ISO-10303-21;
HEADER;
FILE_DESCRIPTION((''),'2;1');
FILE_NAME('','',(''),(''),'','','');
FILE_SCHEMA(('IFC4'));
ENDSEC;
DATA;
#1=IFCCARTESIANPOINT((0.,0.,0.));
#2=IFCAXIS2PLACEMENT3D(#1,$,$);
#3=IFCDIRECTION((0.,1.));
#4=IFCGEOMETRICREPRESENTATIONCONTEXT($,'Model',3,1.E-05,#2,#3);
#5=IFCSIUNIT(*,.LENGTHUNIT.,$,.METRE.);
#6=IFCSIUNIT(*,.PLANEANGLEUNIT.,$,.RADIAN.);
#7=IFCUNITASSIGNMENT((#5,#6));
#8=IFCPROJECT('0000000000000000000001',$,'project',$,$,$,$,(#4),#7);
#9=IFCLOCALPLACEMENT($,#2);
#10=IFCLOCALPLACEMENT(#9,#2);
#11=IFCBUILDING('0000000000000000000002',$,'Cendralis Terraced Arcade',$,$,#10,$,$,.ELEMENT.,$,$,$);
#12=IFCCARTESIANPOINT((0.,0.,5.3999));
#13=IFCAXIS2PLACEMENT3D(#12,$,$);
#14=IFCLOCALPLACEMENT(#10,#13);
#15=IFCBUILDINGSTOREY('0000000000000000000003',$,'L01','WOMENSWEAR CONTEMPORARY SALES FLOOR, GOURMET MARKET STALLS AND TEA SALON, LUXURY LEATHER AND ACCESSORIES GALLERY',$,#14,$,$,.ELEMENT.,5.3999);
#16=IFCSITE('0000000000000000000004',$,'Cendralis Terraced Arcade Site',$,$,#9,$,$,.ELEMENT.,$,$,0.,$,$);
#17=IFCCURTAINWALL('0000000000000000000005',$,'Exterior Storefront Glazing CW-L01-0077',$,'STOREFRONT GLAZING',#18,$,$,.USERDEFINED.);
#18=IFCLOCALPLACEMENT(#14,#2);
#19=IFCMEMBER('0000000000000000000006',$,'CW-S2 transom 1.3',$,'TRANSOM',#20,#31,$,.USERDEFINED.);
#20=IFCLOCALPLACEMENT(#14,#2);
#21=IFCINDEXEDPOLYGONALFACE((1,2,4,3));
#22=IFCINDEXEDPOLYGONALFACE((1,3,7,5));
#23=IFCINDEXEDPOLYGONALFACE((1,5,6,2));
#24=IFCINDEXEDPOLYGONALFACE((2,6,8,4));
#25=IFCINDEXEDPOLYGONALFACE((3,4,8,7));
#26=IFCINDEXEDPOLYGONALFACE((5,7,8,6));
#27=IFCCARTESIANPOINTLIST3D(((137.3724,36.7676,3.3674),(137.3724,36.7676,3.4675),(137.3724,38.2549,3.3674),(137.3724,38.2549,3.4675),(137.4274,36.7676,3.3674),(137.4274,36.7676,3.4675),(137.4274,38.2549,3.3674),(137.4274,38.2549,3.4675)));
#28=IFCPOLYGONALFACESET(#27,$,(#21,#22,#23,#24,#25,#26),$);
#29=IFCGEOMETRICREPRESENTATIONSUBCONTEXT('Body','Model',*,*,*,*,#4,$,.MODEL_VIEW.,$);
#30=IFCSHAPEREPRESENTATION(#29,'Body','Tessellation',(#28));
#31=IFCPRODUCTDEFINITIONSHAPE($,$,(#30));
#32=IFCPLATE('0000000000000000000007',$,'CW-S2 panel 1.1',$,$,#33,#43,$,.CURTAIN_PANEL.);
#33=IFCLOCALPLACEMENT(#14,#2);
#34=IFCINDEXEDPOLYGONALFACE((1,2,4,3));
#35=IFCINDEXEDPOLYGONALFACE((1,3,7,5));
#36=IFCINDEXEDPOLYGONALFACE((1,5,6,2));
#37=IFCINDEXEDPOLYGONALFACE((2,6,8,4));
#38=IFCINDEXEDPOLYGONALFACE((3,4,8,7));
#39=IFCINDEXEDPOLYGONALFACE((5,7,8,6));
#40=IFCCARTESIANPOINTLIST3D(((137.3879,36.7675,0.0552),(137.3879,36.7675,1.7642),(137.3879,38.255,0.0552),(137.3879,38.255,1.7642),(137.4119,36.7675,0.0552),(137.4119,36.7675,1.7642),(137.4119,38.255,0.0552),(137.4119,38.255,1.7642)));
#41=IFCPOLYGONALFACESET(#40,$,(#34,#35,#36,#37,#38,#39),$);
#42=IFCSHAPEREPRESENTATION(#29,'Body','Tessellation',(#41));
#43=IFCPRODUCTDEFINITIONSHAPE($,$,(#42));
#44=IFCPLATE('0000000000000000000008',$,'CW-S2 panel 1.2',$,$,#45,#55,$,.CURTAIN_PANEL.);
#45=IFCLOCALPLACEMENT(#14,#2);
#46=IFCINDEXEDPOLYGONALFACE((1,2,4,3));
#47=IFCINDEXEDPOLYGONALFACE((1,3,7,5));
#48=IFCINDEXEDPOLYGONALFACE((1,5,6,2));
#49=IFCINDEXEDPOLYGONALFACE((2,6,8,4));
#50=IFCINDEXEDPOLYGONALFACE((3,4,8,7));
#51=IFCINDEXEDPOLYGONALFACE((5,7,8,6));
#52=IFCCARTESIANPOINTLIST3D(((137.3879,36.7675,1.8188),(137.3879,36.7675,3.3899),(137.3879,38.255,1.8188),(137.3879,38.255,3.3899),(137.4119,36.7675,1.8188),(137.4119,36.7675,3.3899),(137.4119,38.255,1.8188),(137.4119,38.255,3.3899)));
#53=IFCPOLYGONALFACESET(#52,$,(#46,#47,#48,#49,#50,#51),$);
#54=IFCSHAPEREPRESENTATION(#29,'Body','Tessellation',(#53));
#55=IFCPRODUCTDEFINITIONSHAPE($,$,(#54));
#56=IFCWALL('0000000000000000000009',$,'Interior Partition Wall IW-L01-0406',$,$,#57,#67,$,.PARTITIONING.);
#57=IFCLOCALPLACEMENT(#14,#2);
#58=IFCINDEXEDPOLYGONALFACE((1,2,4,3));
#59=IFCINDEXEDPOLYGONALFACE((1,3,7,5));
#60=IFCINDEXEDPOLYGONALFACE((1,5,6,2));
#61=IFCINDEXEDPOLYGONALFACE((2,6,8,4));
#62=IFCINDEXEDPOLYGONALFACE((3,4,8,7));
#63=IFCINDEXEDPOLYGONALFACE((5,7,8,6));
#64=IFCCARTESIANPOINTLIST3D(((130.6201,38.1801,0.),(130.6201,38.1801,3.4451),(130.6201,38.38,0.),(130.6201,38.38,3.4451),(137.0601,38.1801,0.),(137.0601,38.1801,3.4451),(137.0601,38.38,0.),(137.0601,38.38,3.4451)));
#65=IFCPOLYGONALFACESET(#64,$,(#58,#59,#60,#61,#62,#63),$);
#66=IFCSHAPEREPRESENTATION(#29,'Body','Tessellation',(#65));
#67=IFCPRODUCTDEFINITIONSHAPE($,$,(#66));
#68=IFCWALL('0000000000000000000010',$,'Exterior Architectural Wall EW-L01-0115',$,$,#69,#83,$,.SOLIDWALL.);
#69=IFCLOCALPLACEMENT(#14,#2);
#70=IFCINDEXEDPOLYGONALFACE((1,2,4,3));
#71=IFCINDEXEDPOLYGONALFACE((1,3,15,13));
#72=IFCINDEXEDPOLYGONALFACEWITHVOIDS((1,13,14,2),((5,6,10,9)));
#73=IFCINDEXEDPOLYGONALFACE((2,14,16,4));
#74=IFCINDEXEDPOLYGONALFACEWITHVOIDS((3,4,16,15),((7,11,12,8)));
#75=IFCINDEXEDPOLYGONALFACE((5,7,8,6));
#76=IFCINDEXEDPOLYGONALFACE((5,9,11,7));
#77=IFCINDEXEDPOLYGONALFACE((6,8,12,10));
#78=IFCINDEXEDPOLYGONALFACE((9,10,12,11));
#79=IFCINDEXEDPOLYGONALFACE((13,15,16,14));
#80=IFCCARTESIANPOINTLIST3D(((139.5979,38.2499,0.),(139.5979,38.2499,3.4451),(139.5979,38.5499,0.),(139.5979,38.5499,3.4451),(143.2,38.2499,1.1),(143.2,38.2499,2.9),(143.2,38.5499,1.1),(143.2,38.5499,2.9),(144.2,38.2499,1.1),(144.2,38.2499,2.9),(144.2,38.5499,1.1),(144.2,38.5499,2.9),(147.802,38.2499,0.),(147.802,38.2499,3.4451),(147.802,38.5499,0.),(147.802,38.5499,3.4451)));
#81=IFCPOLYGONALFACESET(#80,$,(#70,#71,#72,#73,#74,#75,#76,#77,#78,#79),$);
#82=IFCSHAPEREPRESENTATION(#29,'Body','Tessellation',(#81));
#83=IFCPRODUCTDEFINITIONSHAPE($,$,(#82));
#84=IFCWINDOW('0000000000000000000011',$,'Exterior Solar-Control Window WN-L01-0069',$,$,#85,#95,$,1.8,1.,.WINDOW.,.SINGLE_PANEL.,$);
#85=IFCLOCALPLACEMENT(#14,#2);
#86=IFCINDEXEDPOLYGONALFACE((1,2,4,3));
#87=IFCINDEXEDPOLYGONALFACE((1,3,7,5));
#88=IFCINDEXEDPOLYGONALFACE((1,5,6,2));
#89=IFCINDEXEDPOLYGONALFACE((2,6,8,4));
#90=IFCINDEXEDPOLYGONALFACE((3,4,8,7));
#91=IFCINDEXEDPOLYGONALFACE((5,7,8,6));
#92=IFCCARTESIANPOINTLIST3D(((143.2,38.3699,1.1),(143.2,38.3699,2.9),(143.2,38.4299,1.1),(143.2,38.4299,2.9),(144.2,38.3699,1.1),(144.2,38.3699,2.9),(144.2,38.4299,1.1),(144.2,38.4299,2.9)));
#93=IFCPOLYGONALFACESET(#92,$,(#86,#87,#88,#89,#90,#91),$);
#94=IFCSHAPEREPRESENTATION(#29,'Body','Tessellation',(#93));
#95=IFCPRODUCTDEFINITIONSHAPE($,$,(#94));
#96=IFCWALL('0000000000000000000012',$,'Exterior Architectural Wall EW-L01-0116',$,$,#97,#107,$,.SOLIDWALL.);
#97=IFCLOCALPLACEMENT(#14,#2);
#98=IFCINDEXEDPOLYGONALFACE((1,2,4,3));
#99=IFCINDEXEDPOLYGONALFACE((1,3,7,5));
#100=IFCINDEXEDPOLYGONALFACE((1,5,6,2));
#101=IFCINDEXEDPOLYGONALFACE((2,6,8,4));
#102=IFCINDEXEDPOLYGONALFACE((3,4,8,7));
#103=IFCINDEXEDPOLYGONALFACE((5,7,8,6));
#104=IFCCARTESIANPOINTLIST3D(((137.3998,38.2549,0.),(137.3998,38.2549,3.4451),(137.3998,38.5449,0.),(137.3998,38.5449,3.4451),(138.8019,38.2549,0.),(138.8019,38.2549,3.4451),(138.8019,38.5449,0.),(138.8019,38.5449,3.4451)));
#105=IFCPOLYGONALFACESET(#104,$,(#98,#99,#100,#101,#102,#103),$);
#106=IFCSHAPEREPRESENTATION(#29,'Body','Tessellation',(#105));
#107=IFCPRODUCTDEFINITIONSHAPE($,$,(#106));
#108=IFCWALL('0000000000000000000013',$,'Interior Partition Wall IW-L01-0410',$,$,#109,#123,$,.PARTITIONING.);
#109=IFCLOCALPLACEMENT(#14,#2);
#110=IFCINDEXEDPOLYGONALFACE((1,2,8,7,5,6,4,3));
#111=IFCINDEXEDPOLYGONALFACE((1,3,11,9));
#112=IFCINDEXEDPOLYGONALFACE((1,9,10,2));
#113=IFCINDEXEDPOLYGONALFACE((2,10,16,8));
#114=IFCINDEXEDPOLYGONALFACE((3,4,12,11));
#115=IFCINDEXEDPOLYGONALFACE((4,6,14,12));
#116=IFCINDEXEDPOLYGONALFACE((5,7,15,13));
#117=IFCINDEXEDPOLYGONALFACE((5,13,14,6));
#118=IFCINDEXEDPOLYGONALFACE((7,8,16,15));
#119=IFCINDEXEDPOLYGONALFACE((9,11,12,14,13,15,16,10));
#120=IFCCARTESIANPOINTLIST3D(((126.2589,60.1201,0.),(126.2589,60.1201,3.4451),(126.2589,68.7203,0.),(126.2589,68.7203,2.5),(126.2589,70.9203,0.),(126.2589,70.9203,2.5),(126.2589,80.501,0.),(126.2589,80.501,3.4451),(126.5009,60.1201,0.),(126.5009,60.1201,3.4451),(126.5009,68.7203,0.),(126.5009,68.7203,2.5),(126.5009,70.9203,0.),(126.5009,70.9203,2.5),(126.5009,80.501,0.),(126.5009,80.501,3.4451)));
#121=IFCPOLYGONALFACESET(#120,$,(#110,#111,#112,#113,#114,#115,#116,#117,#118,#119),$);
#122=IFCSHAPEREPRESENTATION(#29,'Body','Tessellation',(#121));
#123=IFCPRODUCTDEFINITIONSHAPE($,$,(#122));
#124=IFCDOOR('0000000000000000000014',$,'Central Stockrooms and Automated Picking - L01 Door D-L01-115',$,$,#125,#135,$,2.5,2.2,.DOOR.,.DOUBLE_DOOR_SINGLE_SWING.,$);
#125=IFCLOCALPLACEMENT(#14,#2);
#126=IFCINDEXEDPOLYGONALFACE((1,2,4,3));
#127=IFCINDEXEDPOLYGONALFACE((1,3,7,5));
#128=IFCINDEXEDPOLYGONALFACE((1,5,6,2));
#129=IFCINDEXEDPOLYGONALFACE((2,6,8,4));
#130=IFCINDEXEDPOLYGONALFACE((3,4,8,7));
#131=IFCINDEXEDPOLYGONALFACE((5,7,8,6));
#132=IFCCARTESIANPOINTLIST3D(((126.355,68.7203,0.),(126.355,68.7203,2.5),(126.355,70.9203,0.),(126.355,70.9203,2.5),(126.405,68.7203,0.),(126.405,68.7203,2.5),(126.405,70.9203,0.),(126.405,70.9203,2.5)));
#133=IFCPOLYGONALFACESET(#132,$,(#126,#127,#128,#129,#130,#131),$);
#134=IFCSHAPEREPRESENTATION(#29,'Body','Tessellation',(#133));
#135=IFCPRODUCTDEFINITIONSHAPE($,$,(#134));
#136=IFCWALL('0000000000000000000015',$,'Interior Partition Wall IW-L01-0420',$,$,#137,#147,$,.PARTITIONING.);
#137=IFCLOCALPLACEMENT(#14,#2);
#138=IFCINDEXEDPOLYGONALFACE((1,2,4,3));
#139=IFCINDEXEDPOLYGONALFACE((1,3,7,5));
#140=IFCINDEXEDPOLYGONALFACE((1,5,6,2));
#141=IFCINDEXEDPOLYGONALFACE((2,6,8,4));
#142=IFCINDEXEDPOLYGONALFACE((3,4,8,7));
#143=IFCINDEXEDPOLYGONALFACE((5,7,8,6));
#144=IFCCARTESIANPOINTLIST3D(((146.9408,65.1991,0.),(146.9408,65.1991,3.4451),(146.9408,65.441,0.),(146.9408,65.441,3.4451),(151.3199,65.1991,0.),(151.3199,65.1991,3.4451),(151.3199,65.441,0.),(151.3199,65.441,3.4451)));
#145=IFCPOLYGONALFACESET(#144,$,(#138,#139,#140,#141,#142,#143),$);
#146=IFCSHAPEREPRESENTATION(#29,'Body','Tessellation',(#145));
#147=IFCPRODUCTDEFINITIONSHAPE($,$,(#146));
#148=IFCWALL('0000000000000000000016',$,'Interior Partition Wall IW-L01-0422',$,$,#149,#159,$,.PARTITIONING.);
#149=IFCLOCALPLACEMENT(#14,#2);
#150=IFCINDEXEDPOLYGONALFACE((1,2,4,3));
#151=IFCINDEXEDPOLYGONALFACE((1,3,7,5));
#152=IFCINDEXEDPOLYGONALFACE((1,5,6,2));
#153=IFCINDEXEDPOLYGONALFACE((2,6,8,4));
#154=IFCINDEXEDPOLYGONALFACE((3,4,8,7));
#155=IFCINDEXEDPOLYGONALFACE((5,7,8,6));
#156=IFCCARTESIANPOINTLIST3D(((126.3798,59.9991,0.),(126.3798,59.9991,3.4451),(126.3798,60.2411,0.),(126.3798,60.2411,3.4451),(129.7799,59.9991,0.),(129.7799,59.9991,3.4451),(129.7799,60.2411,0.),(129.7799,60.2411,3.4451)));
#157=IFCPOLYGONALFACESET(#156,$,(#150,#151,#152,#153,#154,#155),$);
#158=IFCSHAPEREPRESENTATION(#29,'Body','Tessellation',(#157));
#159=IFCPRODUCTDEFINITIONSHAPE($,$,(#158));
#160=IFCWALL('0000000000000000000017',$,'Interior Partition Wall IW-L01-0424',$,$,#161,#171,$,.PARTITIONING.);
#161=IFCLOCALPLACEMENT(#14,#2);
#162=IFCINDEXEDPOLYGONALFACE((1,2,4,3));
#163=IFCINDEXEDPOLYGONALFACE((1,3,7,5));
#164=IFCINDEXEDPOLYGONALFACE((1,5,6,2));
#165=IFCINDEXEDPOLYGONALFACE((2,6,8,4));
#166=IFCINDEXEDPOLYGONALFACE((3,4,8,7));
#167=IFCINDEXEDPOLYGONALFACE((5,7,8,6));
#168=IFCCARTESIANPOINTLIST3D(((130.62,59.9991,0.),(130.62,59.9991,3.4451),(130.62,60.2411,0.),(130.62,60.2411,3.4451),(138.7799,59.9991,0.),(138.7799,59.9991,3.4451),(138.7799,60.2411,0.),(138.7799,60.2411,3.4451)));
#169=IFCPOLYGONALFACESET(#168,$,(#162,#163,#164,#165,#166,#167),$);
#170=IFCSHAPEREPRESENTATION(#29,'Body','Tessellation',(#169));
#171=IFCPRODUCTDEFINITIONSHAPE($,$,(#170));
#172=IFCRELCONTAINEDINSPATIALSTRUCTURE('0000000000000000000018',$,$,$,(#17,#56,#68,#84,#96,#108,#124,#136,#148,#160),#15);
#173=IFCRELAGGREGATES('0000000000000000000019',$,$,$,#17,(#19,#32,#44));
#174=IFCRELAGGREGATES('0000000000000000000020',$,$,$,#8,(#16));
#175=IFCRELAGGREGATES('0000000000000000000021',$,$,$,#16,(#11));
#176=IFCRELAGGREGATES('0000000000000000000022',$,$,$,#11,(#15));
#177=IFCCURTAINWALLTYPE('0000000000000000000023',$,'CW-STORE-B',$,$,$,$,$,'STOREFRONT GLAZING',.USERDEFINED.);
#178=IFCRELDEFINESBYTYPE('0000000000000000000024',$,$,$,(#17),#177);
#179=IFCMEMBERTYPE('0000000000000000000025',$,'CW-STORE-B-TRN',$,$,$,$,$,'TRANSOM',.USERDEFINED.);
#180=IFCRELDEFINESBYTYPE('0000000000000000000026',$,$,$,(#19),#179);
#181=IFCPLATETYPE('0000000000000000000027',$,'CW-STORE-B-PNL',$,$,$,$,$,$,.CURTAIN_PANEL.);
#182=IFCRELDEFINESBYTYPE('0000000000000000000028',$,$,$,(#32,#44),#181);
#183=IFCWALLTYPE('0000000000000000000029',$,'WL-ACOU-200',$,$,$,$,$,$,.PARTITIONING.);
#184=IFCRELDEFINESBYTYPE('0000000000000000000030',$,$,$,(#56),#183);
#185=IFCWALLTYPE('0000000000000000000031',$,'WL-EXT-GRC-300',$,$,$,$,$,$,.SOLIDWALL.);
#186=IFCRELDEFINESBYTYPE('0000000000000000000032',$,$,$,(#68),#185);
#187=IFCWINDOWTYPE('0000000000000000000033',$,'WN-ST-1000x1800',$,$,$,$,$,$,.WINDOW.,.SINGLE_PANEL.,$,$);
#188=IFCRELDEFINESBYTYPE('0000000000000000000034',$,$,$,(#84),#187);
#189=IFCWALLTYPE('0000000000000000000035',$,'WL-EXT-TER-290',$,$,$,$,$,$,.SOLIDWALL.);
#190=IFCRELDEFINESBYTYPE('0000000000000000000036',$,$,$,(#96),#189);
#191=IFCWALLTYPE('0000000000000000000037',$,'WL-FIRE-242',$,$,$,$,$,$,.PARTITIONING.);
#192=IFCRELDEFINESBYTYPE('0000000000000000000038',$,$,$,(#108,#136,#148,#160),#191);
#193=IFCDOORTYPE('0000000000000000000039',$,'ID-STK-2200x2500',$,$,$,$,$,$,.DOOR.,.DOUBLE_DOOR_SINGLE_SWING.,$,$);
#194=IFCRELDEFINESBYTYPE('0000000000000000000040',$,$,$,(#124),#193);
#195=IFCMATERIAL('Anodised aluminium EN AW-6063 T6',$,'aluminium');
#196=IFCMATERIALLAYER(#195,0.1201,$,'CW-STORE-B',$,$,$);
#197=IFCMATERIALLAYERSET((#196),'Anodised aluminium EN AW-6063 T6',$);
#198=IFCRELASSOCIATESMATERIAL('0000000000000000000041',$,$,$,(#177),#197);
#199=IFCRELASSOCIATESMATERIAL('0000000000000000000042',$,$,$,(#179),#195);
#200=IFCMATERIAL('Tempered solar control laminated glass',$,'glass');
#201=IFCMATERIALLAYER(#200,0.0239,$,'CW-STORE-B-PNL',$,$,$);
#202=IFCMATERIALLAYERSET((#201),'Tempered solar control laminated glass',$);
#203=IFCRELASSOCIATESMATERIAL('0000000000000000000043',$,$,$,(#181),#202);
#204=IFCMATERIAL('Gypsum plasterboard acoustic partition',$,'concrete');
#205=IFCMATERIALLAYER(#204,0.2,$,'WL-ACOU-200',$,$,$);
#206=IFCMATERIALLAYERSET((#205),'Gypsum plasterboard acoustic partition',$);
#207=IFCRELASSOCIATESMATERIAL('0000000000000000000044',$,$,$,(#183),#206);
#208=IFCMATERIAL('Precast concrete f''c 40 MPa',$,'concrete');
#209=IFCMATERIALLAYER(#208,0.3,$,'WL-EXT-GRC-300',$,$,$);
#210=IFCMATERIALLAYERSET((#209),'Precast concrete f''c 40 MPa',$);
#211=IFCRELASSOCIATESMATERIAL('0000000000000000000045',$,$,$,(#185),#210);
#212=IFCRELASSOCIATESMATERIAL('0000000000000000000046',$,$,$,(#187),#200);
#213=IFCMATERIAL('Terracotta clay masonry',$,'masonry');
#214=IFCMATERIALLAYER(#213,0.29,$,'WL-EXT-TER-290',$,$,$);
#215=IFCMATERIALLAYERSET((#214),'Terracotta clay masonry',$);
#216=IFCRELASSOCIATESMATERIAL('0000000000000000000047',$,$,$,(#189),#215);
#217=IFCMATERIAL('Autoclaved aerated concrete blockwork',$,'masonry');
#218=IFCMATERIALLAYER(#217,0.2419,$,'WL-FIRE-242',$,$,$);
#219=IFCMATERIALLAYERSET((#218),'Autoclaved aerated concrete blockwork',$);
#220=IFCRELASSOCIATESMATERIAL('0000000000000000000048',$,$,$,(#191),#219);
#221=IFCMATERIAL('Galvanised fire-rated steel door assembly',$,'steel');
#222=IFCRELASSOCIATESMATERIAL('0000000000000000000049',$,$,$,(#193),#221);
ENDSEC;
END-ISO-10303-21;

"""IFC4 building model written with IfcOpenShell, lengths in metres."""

from ifc_helpers import new_model, si_unit, direction, frame, frame_2d, origin, origin_2d, place, context, subcontext, project, spatial, rectangle, extrude, material, layer, layer_set, material_profile, profile_set, type_object, element, fill, aggregate, save


model = new_model("IFC4")

# Units and contexts
model_context = context("Model", 3, precision=1e-05, world=origin(), true_north=direction((0.0, 1.0)))
body_context = subcontext(model_context, "Body", "Model", "MODEL_VIEW")
ifc_project = project(units=[si_unit("LENGTHUNIT", "METRE"), si_unit("PLANEANGLEUNIT", "RADIAN")], contexts=[model_context])

# Site, building, storey
site_placement = place(None, origin())
site = spatial("IfcSite", under=ifc_project, at=site_placement, Name="Cendralis Terraced Arcade Site", CompositionType="ELEMENT", RefElevation=0.0)
building_placement = place(site_placement, origin())
building = spatial("IfcBuilding", under=site, at=building_placement, Name="Cendralis Terraced Arcade", CompositionType="ELEMENT")
storey_placement = place(building_placement, frame((0.0, 0.0, 5.3999)))
storey = spatial("IfcBuildingStorey", under=building, at=storey_placement, Name="L01", Description="WOMENSWEAR CONTEMPORARY SALES FLOOR, GOURMET MARKET STALLS AND TEA SALON, LUXURY LEATHER AND ACCESSORIES GALLERY", CompositionType="ELEMENT", Elevation=5.3999)

# Curtain wall, member, plates
ifc_material_1 = material(Name="Anodised aluminium EN AW-6063 T6", Category="aluminium")
ifc_layer_1 = layer(ifc_material_1, 0.1201, Name="CW-STORE-B")
ifc_layer_set_1 = layer_set([ifc_layer_1], Name="Anodised aluminium EN AW-6063 T6")
curtain_wall_type = type_object("IfcCurtainWallType", Name="CW-STORE-B", ElementType="STOREFRONT GLAZING", PredefinedType="USERDEFINED", material=ifc_layer_set_1)
curtain_wall_placement = place(storey_placement, origin())
curtain_wall = element("IfcCurtainWall", 1, at=curtain_wall_placement, inside=storey, type_object=curtain_wall_type, Name="Exterior Storefront Glazing CW-L01-0077", ObjectType="STOREFRONT GLAZING", PredefinedType="USERDEFINED")
ifc_material_profile_1 = material_profile(ifc_material_1, rectangle(XDim=0.0549, YDim=0.1001, at=origin_2d()), Name="ALU-TRN-55x100")
ifc_profile_set_1 = profile_set([ifc_material_profile_1], Name="Anodised aluminium EN AW-6063 T6")
member_type_1 = type_object("IfcMemberType", Name="CW-STORE-B-TRN", ElementType="TRANSOM", PredefinedType="USERDEFINED", material=ifc_profile_set_1)
member_1_placement = place(storey_placement, frame((137.3999, 38.2549, 3.4175), z_axis=(0.0, -1.0, 0.0), x_axis=(1.0, 0.0, 0.0)))
member_1 = element("IfcMember", 2, at=member_1_placement, type_object=member_type_1, Name="CW-S2 transom 1.3", ObjectType="TRANSOM", PredefinedType="USERDEFINED", context=body_context, shape_type="SweptSolid", body=[
    extrude(rectangle(XDim=0.0549, YDim=0.1001, at=origin_2d()), origin(), (0.0, 0.0, 1.0), 1.4873),
])
ifc_material_2 = material(Name="Tempered solar control laminated glass", Category="glass")
ifc_layer_2 = layer(ifc_material_2, 0.0239, Name="CW-STORE-B-PNL")
ifc_layer_set_2 = layer_set([ifc_layer_2], Name="Tempered solar control laminated glass")
plate_type = type_object("IfcPlateType", Name="CW-STORE-B-PNL", PredefinedType="CURTAIN_PANEL", material=ifc_layer_set_2)
plate_1_placement = place(storey_placement, frame((137.3999, 37.5112, 0.0552), z_axis=(0.0, 0.0, 1.0), x_axis=(0.0, -1.0, 0.0)))
plate_1 = element("IfcPlate", 3, at=plate_1_placement, type_object=plate_type, Name="CW-S2 panel 1.1", PredefinedType="CURTAIN_PANEL", context=body_context, shape_type="SweptSolid", body=[
    extrude(rectangle(XDim=1.4875, YDim=0.0239, at=origin_2d()), origin(), (0.0, 0.0, 1.0), 1.709),
])
plate_2_placement = place(storey_placement, frame((137.3999, 37.5112, 1.8188), z_axis=(0.0, 0.0, 1.0), x_axis=(0.0, -1.0, 0.0)))
plate_2 = element("IfcPlate", 4, at=plate_2_placement, type_object=plate_type, Name="CW-S2 panel 1.2", PredefinedType="CURTAIN_PANEL", context=body_context, shape_type="SweptSolid", body=[
    extrude(rectangle(XDim=1.4875, YDim=0.0239, at=origin_2d()), origin(), (0.0, 0.0, 1.0), 1.571),
])
aggregate(curtain_wall, [member_1, plate_1, plate_2])

# Wall
ifc_material_3 = material(Name="Gypsum plasterboard acoustic partition", Category="concrete")
ifc_layer_3 = layer(ifc_material_3, 0.2, Name="WL-ACOU-200")
ifc_layer_set_3 = layer_set([ifc_layer_3], Name="Gypsum plasterboard acoustic partition")
wall_type_1 = type_object("IfcWallType", Name="WL-ACOU-200", PredefinedType="PARTITIONING", material=ifc_layer_set_3)
wall_1_placement = place(storey_placement, frame((130.6201, 38.28, 0.0), z_axis=(0.0, 0.0, 1.0), x_axis=(1.0, 0.0, 0.0)))
element("IfcWall", 5, at=wall_1_placement, inside=storey, type_object=wall_type_1, Name="Interior Partition Wall IW-L01-0406", PredefinedType="PARTITIONING", context=body_context, shape_type="SweptSolid", body=[
    extrude(rectangle(XDim=6.4399, YDim=0.2, at=frame_2d((3.22, 0.0))), origin(), (0.0, 0.0, 1.0), 3.4451),
])

# Wall, opening, window
ifc_material_4 = material(Name="Precast concrete f'c 40 MPa", Category="concrete")
ifc_layer_4 = layer(ifc_material_4, 0.3, Name="WL-EXT-GRC-300")
ifc_layer_set_4 = layer_set([ifc_layer_4], Name="Precast concrete f'c 40 MPa")
wall_type_2 = type_object("IfcWallType", Name="WL-EXT-GRC-300", PredefinedType="SOLIDWALL", material=ifc_layer_set_4)
wall_2_placement = place(storey_placement, frame((147.802, 38.3999, 0.0), z_axis=(0.0, 0.0, 1.0), x_axis=(-1.0, 0.0, 0.0)))
wall_2 = element("IfcWall", 6, at=wall_2_placement, inside=storey, type_object=wall_type_2, Name="Exterior Architectural Wall EW-L01-0115", PredefinedType="SOLIDWALL", context=body_context, shape_type="SweptSolid", body=[
    extrude(rectangle(XDim=8.2041, YDim=0.3, at=frame_2d((4.1021, 0.0))), origin(), (0.0, 0.0, 1.0), 3.4451),
])
opening_1_placement = place(wall_2_placement, frame((3.6021, 0.0, 1.1001)))
opening_1 = element("IfcOpeningElement", 7, at=opening_1_placement, cuts=wall_2, PredefinedType="OPENING", context=body_context, shape_type="SweptSolid", body=[
    extrude(rectangle(XDim=1.0, YDim=1.8, at=frame_2d((0.5, 0.8999))), frame((0.0, 0.1621, 0.0), z_axis=(0.0, -1.0, 0.0), x_axis=(1.0, 0.0, 0.0)), (0.0, 0.0, 1.0), 0.324),
])
window_type = type_object("IfcWindowType", Name="WN-ST-1000x1800", PartitioningType="SINGLE_PANEL", PredefinedType="WINDOW", material=ifc_material_2)
window_placement = place(opening_1_placement, origin())
window = element("IfcWindow", 8, at=window_placement, inside=storey, type_object=window_type, Name="Exterior Solar-Control Window WN-L01-0069", OverallHeight=1.8, OverallWidth=1.0, PartitioningType="SINGLE_PANEL", PredefinedType="WINDOW", context=body_context, shape_type="SweptSolid", body=[
    extrude(rectangle(XDim=1.0, YDim=1.8, at=frame_2d((0.5, 0.8999))), frame((0.0, 0.03, 0.0), z_axis=(0.0, -1.0, 0.0), x_axis=(1.0, 0.0, 0.0)), (0.0, 0.0, 1.0), 0.0601),
])
fill(opening_1, window)

# Wall
ifc_material_5 = material(Name="Terracotta clay masonry", Category="masonry")
ifc_layer_5 = layer(ifc_material_5, 0.29, Name="WL-EXT-TER-290")
ifc_layer_set_5 = layer_set([ifc_layer_5], Name="Terracotta clay masonry")
wall_type_3 = type_object("IfcWallType", Name="WL-EXT-TER-290", PredefinedType="SOLIDWALL", material=ifc_layer_set_5)
wall_3_placement = place(storey_placement, frame((138.802, 38.3999, 0.0), z_axis=(0.0, 0.0, 1.0), x_axis=(-1.0, 0.0, 0.0)))
element("IfcWall", 9, at=wall_3_placement, inside=storey, type_object=wall_type_3, Name="Exterior Architectural Wall EW-L01-0116", PredefinedType="SOLIDWALL", context=body_context, shape_type="SweptSolid", body=[
    extrude(rectangle(XDim=1.4021, YDim=0.29, at=frame_2d((0.7012, 0.0))), origin(), (0.0, 0.0, 1.0), 3.4451),
])

# Wall, opening, door
ifc_material_6 = material(Name="Autoclaved aerated concrete blockwork", Category="masonry")
ifc_layer_6 = layer(ifc_material_6, 0.2419, Name="WL-FIRE-242")
ifc_layer_set_6 = layer_set([ifc_layer_6], Name="Autoclaved aerated concrete blockwork")
wall_type_4 = type_object("IfcWallType", Name="WL-FIRE-242", PredefinedType="PARTITIONING", material=ifc_layer_set_6)
wall_4_placement = place(storey_placement, frame((126.3799, 60.1201, 0.0), z_axis=(0.0, 0.0, 1.0), x_axis=(0.0, 1.0, 0.0)))
wall_4 = element("IfcWall", 10, at=wall_4_placement, inside=storey, type_object=wall_type_4, Name="Interior Partition Wall IW-L01-0410", PredefinedType="PARTITIONING", context=body_context, shape_type="SweptSolid", body=[
    extrude(rectangle(XDim=20.3809, YDim=0.2419, at=frame_2d((10.1904, 0.0))), origin(), (0.0, 0.0, 1.0), 3.4451),
])
opening_2_placement = place(wall_4_placement, frame((8.6001, 0.0, 0.0)))
opening_2 = element("IfcOpeningElement", 11, at=opening_2_placement, cuts=wall_4, PredefinedType="OPENING", context=body_context, shape_type="SweptSolid", body=[
    extrude(rectangle(XDim=2.2, YDim=2.5, at=frame_2d((1.1001, 1.25))), frame((0.0, 0.1328, 0.0), z_axis=(0.0, -1.0, 0.0), x_axis=(1.0, 0.0, 0.0)), (0.0, 0.0, 1.0), 0.2659),
])
ifc_material_7 = material(Name="Galvanised fire-rated steel door assembly", Category="steel")
door_type = type_object("IfcDoorType", Name="ID-STK-2200x2500", OperationType="DOUBLE_DOOR_SINGLE_SWING", PredefinedType="DOOR", material=ifc_material_7)
door_placement = place(opening_2_placement, origin())
door = element("IfcDoor", 12, at=door_placement, inside=storey, type_object=door_type, Name="Central Stockrooms and Automated Picking - L01 Door D-L01-115", OperationType="DOUBLE_DOOR_SINGLE_SWING", OverallHeight=2.5, OverallWidth=2.2, PredefinedType="DOOR", context=body_context, shape_type="SweptSolid", body=[
    extrude(rectangle(XDim=2.2, YDim=2.5, at=frame_2d((1.1001, 1.25))), frame((0.0, 0.0249, 0.0), z_axis=(0.0, -1.0, 0.0), x_axis=(1.0, 0.0, 0.0)), (0.0, 0.0, 1.0), 0.05),
])
fill(opening_2, door)

# Walls
wall_5_placement = place(storey_placement, frame((146.9409, 65.3201, 0.0), z_axis=(0.0, 0.0, 1.0), x_axis=(1.0, 0.0, 0.0)))
element("IfcWall", 13, at=wall_5_placement, inside=storey, type_object=wall_type_4, Name="Interior Partition Wall IW-L01-0420", PredefinedType="PARTITIONING", context=body_context, shape_type="SweptSolid", body=[
    extrude(rectangle(XDim=4.3792, YDim=0.2419, at=frame_2d((2.1895, 0.0))), origin(), (0.0, 0.0, 1.0), 3.4451),
])
wall_6_placement = place(storey_placement, frame((129.78, 60.1201, 0.0), z_axis=(0.0, 0.0, 1.0), x_axis=(-1.0, 0.0, 0.0)))
element("IfcWall", 14, at=wall_6_placement, inside=storey, type_object=wall_type_4, Name="Interior Partition Wall IW-L01-0422", PredefinedType="PARTITIONING", context=body_context, shape_type="SweptSolid", body=[
    extrude(rectangle(XDim=3.4001, YDim=0.2419, at=frame_2d((1.7002, 0.0))), origin(), (0.0, 0.0, 1.0), 3.4451),
])
for number, where, z_axis, x_axis, name in (
    (15, (138.78, 60.1201, 0.0), (0.0, 0.0, 1.0), (-1.0, 0.0, 0.0), "Interior Partition Wall IW-L01-0424"),
):
    element("IfcWall", number, at=place(storey_placement, frame(where, z_axis=z_axis, x_axis=x_axis)), inside=storey, type_object=wall_type_4, Name=name, PredefinedType="PARTITIONING", context=body_context, shape_type="SweptSolid", body=[
        extrude(rectangle(XDim=8.1599, YDim=0.2419, at=frame_2d((4.0801, 0.0))), origin(), (0.0, 0.0, 1.0), 3.4451),
    ])

save(model, "model.ifc")
